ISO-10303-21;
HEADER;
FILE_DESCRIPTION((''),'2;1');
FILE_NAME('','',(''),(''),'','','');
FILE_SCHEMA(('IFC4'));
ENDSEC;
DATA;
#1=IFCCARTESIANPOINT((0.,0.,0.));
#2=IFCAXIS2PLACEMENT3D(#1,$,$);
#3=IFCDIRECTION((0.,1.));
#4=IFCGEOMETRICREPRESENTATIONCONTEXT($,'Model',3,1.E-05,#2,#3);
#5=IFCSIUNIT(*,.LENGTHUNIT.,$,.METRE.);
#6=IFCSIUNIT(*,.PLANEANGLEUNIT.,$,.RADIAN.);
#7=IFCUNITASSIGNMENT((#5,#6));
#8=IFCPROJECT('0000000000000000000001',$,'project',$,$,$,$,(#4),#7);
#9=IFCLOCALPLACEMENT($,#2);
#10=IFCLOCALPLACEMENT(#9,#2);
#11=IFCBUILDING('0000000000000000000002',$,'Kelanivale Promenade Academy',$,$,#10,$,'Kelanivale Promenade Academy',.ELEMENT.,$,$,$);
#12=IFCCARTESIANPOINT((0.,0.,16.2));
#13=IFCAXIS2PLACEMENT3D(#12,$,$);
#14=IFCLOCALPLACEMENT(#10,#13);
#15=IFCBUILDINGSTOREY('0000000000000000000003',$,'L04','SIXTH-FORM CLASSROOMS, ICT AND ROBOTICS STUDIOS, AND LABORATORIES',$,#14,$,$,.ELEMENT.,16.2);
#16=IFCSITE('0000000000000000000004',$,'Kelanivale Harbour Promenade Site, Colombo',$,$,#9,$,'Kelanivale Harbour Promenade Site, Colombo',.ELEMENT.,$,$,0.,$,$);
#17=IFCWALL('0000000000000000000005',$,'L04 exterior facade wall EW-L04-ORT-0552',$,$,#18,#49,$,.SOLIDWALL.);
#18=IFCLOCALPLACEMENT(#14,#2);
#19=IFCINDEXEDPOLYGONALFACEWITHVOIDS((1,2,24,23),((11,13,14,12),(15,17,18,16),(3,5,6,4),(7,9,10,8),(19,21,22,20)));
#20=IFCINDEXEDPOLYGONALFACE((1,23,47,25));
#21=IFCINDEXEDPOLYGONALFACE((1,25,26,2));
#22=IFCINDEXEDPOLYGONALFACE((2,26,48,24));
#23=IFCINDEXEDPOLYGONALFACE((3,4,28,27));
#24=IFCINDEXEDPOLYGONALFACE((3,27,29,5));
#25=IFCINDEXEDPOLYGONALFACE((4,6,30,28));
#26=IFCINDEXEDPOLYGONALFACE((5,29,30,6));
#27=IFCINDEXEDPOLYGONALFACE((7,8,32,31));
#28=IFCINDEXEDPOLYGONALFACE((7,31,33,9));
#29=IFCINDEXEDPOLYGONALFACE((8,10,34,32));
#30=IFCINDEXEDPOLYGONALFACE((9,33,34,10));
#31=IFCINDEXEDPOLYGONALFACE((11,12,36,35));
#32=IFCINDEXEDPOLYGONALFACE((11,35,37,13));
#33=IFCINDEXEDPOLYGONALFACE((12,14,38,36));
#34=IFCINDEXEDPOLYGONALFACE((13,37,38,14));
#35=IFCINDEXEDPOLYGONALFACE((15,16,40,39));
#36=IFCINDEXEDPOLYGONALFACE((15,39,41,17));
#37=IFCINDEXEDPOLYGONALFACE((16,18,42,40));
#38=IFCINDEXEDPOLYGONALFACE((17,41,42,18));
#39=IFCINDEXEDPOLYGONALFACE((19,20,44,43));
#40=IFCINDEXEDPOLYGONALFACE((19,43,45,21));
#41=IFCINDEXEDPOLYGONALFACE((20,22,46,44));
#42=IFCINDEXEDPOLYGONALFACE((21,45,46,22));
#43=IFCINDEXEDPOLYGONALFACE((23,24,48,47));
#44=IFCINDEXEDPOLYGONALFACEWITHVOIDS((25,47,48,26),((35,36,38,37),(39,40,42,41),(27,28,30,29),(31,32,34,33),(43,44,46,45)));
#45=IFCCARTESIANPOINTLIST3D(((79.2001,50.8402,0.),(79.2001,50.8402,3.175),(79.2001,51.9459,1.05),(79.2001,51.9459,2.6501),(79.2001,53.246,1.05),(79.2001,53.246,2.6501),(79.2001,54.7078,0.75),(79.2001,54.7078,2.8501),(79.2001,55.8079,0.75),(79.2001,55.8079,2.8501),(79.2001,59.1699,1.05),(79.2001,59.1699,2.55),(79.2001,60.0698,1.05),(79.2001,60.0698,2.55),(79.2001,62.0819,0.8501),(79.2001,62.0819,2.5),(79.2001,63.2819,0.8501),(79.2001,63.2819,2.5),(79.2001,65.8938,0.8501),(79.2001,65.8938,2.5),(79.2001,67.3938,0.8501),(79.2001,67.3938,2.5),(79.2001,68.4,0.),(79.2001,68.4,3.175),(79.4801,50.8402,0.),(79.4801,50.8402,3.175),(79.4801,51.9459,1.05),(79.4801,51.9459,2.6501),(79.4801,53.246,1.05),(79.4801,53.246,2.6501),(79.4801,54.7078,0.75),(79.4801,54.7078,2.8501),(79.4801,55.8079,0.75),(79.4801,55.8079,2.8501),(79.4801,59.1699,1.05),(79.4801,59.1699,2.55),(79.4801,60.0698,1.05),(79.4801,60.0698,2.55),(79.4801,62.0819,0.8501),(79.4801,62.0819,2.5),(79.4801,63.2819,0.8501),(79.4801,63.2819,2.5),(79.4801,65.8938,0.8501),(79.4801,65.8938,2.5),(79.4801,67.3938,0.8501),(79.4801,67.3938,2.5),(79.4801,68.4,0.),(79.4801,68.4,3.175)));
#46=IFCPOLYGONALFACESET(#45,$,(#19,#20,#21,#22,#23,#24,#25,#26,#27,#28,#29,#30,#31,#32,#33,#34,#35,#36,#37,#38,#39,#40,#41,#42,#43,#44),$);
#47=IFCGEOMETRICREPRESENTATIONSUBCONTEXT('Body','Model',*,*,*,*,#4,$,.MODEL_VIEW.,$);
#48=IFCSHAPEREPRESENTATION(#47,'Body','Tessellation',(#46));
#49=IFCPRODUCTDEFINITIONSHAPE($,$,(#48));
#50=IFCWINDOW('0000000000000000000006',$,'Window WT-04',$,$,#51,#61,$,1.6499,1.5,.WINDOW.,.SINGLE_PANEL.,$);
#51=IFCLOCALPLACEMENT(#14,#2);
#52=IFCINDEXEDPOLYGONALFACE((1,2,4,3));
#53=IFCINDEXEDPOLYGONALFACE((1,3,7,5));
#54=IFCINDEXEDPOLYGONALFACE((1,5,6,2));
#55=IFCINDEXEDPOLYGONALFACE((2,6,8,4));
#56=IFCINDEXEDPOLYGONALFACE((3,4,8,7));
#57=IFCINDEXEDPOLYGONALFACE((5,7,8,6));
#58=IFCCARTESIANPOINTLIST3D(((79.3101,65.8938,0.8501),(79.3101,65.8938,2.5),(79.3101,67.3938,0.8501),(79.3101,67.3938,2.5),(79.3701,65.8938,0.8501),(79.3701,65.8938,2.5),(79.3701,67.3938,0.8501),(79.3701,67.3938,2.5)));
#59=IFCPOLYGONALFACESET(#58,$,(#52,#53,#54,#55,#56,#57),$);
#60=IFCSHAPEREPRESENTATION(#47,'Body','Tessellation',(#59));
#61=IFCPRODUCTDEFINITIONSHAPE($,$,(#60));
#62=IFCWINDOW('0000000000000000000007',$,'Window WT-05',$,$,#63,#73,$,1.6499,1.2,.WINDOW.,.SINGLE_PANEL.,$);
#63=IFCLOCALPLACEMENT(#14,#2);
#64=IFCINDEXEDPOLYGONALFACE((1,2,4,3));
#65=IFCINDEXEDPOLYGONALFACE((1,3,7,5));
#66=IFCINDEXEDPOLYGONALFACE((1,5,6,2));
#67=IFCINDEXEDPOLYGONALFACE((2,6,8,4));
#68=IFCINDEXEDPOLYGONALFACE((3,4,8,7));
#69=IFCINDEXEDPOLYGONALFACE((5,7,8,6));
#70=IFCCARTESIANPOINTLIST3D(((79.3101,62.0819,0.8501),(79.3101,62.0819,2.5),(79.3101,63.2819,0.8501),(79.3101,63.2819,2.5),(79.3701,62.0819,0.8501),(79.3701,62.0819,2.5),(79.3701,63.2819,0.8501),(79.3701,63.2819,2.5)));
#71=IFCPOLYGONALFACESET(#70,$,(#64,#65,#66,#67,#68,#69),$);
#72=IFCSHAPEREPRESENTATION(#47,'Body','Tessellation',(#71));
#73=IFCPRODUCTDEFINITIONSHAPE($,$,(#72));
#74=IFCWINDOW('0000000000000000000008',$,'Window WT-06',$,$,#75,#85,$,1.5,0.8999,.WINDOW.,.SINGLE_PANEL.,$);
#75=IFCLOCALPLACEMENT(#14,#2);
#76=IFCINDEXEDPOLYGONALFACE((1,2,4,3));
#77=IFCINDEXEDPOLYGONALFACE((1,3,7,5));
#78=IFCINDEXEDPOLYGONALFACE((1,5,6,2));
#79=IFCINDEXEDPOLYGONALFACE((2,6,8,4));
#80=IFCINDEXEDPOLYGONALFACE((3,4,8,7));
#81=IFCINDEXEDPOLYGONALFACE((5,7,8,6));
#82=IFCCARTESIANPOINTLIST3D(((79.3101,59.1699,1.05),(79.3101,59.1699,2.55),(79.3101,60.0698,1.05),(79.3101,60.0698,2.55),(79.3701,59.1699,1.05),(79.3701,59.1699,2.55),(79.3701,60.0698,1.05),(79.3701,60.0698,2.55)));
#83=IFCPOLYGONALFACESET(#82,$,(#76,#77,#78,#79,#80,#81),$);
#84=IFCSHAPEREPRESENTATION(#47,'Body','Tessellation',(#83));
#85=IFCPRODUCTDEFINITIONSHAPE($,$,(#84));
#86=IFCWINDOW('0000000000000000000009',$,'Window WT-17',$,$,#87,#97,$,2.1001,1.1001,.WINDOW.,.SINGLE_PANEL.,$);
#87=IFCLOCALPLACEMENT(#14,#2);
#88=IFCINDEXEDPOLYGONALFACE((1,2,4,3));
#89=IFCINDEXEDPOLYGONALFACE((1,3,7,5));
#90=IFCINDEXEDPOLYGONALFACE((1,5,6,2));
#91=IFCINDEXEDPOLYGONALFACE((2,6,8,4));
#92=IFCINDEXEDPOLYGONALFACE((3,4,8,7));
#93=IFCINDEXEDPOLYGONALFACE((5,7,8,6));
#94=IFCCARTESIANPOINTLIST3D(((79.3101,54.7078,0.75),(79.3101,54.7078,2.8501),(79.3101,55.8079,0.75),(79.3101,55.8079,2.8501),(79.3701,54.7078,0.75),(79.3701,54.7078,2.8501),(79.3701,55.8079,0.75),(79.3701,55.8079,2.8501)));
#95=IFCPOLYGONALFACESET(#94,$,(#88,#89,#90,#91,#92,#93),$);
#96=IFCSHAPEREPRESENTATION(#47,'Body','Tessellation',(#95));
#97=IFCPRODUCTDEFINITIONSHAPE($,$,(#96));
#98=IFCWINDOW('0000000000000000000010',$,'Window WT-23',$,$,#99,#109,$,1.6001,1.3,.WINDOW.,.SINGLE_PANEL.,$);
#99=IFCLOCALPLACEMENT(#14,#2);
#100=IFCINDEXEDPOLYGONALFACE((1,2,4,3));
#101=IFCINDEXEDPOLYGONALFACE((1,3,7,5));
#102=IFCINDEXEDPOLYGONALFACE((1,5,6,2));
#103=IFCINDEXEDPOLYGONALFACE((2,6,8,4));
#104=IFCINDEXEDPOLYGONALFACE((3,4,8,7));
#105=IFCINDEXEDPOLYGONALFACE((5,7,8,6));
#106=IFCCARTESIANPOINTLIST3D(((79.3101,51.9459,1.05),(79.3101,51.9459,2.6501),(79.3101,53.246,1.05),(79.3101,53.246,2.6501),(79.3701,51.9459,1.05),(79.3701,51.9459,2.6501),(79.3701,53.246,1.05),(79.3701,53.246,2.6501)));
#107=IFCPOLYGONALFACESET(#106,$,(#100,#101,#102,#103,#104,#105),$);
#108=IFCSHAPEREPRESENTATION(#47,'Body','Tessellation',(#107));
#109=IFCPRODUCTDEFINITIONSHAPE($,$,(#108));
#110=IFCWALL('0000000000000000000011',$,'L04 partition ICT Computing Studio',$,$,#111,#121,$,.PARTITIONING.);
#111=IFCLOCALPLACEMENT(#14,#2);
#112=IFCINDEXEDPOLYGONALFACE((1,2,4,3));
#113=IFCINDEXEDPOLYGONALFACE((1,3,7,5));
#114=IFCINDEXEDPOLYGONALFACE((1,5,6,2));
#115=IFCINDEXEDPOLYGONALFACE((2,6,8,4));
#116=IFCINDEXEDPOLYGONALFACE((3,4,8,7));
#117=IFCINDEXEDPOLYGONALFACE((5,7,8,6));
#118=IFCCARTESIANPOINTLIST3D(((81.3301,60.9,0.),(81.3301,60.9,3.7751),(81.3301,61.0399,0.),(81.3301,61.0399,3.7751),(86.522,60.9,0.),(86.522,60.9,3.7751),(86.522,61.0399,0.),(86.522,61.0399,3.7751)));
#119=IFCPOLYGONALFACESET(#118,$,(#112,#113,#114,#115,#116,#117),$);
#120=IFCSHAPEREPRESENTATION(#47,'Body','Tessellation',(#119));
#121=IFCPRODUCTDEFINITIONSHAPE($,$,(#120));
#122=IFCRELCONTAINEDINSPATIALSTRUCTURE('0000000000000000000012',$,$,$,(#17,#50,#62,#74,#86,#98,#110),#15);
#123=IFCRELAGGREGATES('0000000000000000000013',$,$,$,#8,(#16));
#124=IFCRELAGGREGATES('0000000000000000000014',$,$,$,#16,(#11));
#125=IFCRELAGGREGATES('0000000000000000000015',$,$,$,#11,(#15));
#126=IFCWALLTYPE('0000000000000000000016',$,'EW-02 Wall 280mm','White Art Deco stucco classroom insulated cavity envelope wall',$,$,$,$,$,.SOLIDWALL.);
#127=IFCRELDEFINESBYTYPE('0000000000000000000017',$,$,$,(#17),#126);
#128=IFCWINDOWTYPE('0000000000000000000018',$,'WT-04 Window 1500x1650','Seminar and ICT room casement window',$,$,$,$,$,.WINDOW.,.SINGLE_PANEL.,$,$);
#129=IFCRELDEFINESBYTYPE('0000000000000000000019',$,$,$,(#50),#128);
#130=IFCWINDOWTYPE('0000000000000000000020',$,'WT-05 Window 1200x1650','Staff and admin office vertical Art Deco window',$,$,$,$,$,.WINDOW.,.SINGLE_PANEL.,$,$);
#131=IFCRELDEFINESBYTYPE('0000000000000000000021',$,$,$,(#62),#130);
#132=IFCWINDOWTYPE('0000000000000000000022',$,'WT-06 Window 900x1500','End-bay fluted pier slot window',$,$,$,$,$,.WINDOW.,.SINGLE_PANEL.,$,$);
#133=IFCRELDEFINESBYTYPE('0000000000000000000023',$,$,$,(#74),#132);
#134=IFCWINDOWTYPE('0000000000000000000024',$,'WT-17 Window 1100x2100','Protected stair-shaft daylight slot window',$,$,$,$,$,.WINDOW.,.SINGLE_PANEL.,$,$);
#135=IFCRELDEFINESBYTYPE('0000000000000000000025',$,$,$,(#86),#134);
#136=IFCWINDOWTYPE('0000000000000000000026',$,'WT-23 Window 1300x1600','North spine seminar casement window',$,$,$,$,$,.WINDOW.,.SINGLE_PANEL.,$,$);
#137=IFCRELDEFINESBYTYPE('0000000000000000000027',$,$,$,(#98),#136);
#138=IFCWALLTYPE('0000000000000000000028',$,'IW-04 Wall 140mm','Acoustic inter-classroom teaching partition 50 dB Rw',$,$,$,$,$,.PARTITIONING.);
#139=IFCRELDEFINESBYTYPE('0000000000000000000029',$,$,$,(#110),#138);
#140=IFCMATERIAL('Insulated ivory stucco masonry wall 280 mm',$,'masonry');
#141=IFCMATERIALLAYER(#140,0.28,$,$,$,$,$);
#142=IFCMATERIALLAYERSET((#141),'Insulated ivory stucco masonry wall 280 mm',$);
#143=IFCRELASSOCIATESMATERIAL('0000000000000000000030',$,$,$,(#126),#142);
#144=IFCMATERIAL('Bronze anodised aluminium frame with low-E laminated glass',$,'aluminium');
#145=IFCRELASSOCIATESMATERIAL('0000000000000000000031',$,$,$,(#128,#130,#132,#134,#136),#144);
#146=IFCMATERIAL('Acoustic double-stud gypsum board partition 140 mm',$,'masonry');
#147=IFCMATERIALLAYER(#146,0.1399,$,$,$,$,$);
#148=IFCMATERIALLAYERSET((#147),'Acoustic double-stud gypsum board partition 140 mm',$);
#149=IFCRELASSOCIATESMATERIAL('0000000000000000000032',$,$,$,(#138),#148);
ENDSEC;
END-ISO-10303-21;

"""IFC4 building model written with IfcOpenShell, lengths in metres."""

from ifc_helpers import new_model, si_unit, direction, frame, frame_2d, origin, place, context, subcontext, project, spatial, rectangle, extrude, material, layer, layer_set, type_object, element, fill, save


model = new_model("IFC4")

# Units and contexts
model_context = context("Model", 3, precision=1e-05, world=origin(), true_north=direction((0.0, 1.0)))
body_context = subcontext(model_context, "Body", "Model", "MODEL_VIEW")
ifc_project = project(units=[si_unit("LENGTHUNIT", "METRE"), si_unit("PLANEANGLEUNIT", "RADIAN")], contexts=[model_context])

# Site, building, storey
site_placement = place(None, origin())
site = spatial("IfcSite", under=ifc_project, at=site_placement, Name="Kelanivale Harbour Promenade Site, Colombo", LongName="Kelanivale Harbour Promenade Site, Colombo", CompositionType="ELEMENT", RefElevation=0.0)
building_placement = place(site_placement, origin())
building = spatial("IfcBuilding", under=site, at=building_placement, Name="Kelanivale Promenade Academy", LongName="Kelanivale Promenade Academy", CompositionType="ELEMENT")
storey_placement = place(building_placement, frame((0.0, 0.0, 16.2)))
storey = spatial("IfcBuildingStorey", under=building, at=storey_placement, Name="L04", Description="SIXTH-FORM CLASSROOMS, ICT AND ROBOTICS STUDIOS, AND LABORATORIES", CompositionType="ELEMENT", Elevation=16.2)

# Wall, openings, windows
ifc_material_1 = material(Name="Insulated ivory stucco masonry wall 280 mm", Category="masonry")
ifc_layer_1 = layer(ifc_material_1, 0.28)
ifc_layer_set_1 = layer_set([ifc_layer_1], Name="Insulated ivory stucco masonry wall 280 mm")
wall_type_1 = type_object("IfcWallType", Name="EW-02 Wall 280mm", Description="White Art Deco stucco classroom insulated cavity envelope wall", PredefinedType="SOLIDWALL", material=ifc_layer_set_1)
wall_1_placement = place(storey_placement, frame((79.3401, 68.3999, 0.0), z_axis=(0.0, 0.0, 1.0), x_axis=(0.0, -1.0, 0.0)))
wall_1 = element("IfcWall", 1, at=wall_1_placement, inside=storey, type_object=wall_type_1, Name="L04 exterior facade wall EW-L04-ORT-0552", PredefinedType="SOLIDWALL", context=body_context, shape_type="SweptSolid", body=[
    extrude(rectangle(XDim=17.5598, YDim=0.28, at=frame_2d((8.7798, 0.0))), origin(), (0.0, 0.0, 1.0), 3.175),
])
opening_1_placement = place(wall_1_placement, frame((1.0061, 0.0, 0.8501)))
opening_1 = element("IfcOpeningElement", 2, at=opening_1_placement, cuts=wall_1, PredefinedType="OPENING", context=body_context, shape_type="SweptSolid", body=[
    extrude(rectangle(XDim=1.5, YDim=1.6499, at=frame_2d((0.75, 0.825))), frame((0.0, 0.1499, 0.0), z_axis=(0.0, -1.0, 0.0), x_axis=(1.0, 0.0, 0.0)), (0.0, 0.0, 1.0), 0.3),
])
opening_2_placement = place(wall_1_placement, frame((5.1179, 0.0, 0.8501)))
opening_2 = element("IfcOpeningElement", 3, at=opening_2_placement, cuts=wall_1, PredefinedType="OPENING", context=body_context, shape_type="SweptSolid", body=[
    extrude(rectangle(XDim=1.2, YDim=1.6499, at=frame_2d((0.6001, 0.825))), frame((0.0, 0.1499, 0.0), z_axis=(0.0, -1.0, 0.0), x_axis=(1.0, 0.0, 0.0)), (0.0, 0.0, 1.0), 0.3),
])
opening_3_placement = place(wall_1_placement, frame((8.3301, 0.0, 1.05)))
opening_3 = element("IfcOpeningElement", 4, at=opening_3_placement, cuts=wall_1, PredefinedType="OPENING", context=body_context, shape_type="SweptSolid", body=[
    extrude(rectangle(XDim=0.8999, YDim=1.5, at=frame_2d((0.45, 0.75))), frame((0.0, 0.1499, 0.0), z_axis=(0.0, -1.0, 0.0), x_axis=(1.0, 0.0, 0.0)), (0.0, 0.0, 1.0), 0.3),
])
opening_4_placement = place(wall_1_placement, frame((12.592, 0.0, 0.75)))
opening_4 = element("IfcOpeningElement", 5, at=opening_4_placement, cuts=wall_1, PredefinedType="OPENING", context=body_context, shape_type="SweptSolid", body=[
    extrude(rectangle(XDim=1.1001, YDim=2.1001, at=frame_2d((0.55, 1.05))), frame((0.0, 0.1499, 0.0), z_axis=(0.0, -1.0, 0.0), x_axis=(1.0, 0.0, 0.0)), (0.0, 0.0, 1.0), 0.3),
])
opening_5_placement = place(wall_1_placement, frame((15.1541, 0.0, 1.05)))
opening_5 = element("IfcOpeningElement", 6, at=opening_5_placement, cuts=wall_1, PredefinedType="OPENING", context=body_context, shape_type="SweptSolid", body=[
    extrude(rectangle(XDim=1.3, YDim=1.6001, at=frame_2d((0.6499, 0.8))), frame((0.0, 0.1499, 0.0), z_axis=(0.0, -1.0, 0.0), x_axis=(1.0, 0.0, 0.0)), (0.0, 0.0, 1.0), 0.3),
])
ifc_material_2 = material(Name="Bronze anodised aluminium frame with low-E laminated glass", Category="aluminium")
window_type_1 = type_object("IfcWindowType", Name="WT-04 Window 1500x1650", Description="Seminar and ICT room casement window", PartitioningType="SINGLE_PANEL", PredefinedType="WINDOW", material=ifc_material_2)
window_1_placement = place(opening_1_placement, origin())
window_1 = element("IfcWindow", 7, at=window_1_placement, inside=storey, type_object=window_type_1, Name="Window WT-04", OverallHeight=1.6499, OverallWidth=1.5, PartitioningType="SINGLE_PANEL", PredefinedType="WINDOW", context=body_context, shape_type="SweptSolid", body=[
    extrude(rectangle(XDim=1.5, YDim=1.6499, at=frame_2d((0.75, 0.825))), frame((0.0, 0.03, 0.0), z_axis=(0.0, -1.0, 0.0), x_axis=(1.0, 0.0, 0.0)), (0.0, 0.0, 1.0), 0.0601),
])
fill(opening_1, window_1)
window_type_2 = type_object("IfcWindowType", Name="WT-05 Window 1200x1650", Description="Staff and admin office vertical Art Deco window", PartitioningType="SINGLE_PANEL", PredefinedType="WINDOW", material=ifc_material_2)
window_2_placement = place(opening_2_placement, origin())
window_2 = element("IfcWindow", 8, at=window_2_placement, inside=storey, type_object=window_type_2, Name="Window WT-05", OverallHeight=1.6499, OverallWidth=1.2, PartitioningType="SINGLE_PANEL", PredefinedType="WINDOW", context=body_context, shape_type="SweptSolid", body=[
    extrude(rectangle(XDim=1.2, YDim=1.6499, at=frame_2d((0.6001, 0.825))), frame((0.0, 0.03, 0.0), z_axis=(0.0, -1.0, 0.0), x_axis=(1.0, 0.0, 0.0)), (0.0, 0.0, 1.0), 0.0601),
])
fill(opening_2, window_2)
window_type_3 = type_object("IfcWindowType", Name="WT-06 Window 900x1500", Description="End-bay fluted pier slot window", PartitioningType="SINGLE_PANEL", PredefinedType="WINDOW", material=ifc_material_2)
window_3_placement = place(opening_3_placement, origin())
window_3 = element("IfcWindow", 9, at=window_3_placement, inside=storey, type_object=window_type_3, Name="Window WT-06", OverallHeight=1.5, OverallWidth=0.8999, PartitioningType="SINGLE_PANEL", PredefinedType="WINDOW", context=body_context, shape_type="SweptSolid", body=[
    extrude(rectangle(XDim=0.8999, YDim=1.5, at=frame_2d((0.45, 0.75))), frame((0.0, 0.03, 0.0), z_axis=(0.0, -1.0, 0.0), x_axis=(1.0, 0.0, 0.0)), (0.0, 0.0, 1.0), 0.0601),
])
fill(opening_3, window_3)
window_type_4 = type_object("IfcWindowType", Name="WT-17 Window 1100x2100", Description="Protected stair-shaft daylight slot window", PartitioningType="SINGLE_PANEL", PredefinedType="WINDOW", material=ifc_material_2)
window_4_placement = place(opening_4_placement, origin())
window_4 = element("IfcWindow", 10, at=window_4_placement, inside=storey, type_object=window_type_4, Name="Window WT-17", OverallHeight=2.1001, OverallWidth=1.1001, PartitioningType="SINGLE_PANEL", PredefinedType="WINDOW", context=body_context, shape_type="SweptSolid", body=[
    extrude(rectangle(XDim=1.1001, YDim=2.1001, at=frame_2d((0.55, 1.05))), frame((0.0, 0.03, 0.0), z_axis=(0.0, -1.0, 0.0), x_axis=(1.0, 0.0, 0.0)), (0.0, 0.0, 1.0), 0.0601),
])
fill(opening_4, window_4)
window_type_5 = type_object("IfcWindowType", Name="WT-23 Window 1300x1600", Description="North spine seminar casement window", PartitioningType="SINGLE_PANEL", PredefinedType="WINDOW", material=ifc_material_2)
window_5_placement = place(opening_5_placement, origin())
window_5 = element("IfcWindow", 11, at=window_5_placement, inside=storey, type_object=window_type_5, Name="Window WT-23", OverallHeight=1.6001, OverallWidth=1.3, PartitioningType="SINGLE_PANEL", PredefinedType="WINDOW", context=body_context, shape_type="SweptSolid", body=[
    extrude(rectangle(XDim=1.3, YDim=1.6001, at=frame_2d((0.6499, 0.8))), frame((0.0, 0.03, 0.0), z_axis=(0.0, -1.0, 0.0), x_axis=(1.0, 0.0, 0.0)), (0.0, 0.0, 1.0), 0.0601),
])
fill(opening_5, window_5)

# Wall
ifc_material_3 = material(Name="Acoustic double-stud gypsum board partition 140 mm", Category="masonry")
ifc_layer_2 = layer(ifc_material_3, 0.1399)
ifc_layer_set_2 = layer_set([ifc_layer_2], Name="Acoustic double-stud gypsum board partition 140 mm")
wall_type_2 = type_object("IfcWallType", Name="IW-04 Wall 140mm", Description="Acoustic inter-classroom teaching partition 50 dB Rw", PredefinedType="PARTITIONING", material=ifc_layer_set_2)
wall_2_placement = place(storey_placement, frame((86.522, 60.97, 0.0), z_axis=(0.0, 0.0, 1.0), x_axis=(-1.0, 0.0, 0.0)))
element("IfcWall", 12, at=wall_2_placement, inside=storey, type_object=wall_type_2, Name="L04 partition ICT Computing Studio", PredefinedType="PARTITIONING", context=body_context, shape_type="SweptSolid", body=[
    extrude(rectangle(XDim=5.1919, YDim=0.1399, at=frame_2d((2.5959, 0.0))), origin(), (0.0, 0.0, 1.0), 3.7751),
])

save(model, "model.ifc")
